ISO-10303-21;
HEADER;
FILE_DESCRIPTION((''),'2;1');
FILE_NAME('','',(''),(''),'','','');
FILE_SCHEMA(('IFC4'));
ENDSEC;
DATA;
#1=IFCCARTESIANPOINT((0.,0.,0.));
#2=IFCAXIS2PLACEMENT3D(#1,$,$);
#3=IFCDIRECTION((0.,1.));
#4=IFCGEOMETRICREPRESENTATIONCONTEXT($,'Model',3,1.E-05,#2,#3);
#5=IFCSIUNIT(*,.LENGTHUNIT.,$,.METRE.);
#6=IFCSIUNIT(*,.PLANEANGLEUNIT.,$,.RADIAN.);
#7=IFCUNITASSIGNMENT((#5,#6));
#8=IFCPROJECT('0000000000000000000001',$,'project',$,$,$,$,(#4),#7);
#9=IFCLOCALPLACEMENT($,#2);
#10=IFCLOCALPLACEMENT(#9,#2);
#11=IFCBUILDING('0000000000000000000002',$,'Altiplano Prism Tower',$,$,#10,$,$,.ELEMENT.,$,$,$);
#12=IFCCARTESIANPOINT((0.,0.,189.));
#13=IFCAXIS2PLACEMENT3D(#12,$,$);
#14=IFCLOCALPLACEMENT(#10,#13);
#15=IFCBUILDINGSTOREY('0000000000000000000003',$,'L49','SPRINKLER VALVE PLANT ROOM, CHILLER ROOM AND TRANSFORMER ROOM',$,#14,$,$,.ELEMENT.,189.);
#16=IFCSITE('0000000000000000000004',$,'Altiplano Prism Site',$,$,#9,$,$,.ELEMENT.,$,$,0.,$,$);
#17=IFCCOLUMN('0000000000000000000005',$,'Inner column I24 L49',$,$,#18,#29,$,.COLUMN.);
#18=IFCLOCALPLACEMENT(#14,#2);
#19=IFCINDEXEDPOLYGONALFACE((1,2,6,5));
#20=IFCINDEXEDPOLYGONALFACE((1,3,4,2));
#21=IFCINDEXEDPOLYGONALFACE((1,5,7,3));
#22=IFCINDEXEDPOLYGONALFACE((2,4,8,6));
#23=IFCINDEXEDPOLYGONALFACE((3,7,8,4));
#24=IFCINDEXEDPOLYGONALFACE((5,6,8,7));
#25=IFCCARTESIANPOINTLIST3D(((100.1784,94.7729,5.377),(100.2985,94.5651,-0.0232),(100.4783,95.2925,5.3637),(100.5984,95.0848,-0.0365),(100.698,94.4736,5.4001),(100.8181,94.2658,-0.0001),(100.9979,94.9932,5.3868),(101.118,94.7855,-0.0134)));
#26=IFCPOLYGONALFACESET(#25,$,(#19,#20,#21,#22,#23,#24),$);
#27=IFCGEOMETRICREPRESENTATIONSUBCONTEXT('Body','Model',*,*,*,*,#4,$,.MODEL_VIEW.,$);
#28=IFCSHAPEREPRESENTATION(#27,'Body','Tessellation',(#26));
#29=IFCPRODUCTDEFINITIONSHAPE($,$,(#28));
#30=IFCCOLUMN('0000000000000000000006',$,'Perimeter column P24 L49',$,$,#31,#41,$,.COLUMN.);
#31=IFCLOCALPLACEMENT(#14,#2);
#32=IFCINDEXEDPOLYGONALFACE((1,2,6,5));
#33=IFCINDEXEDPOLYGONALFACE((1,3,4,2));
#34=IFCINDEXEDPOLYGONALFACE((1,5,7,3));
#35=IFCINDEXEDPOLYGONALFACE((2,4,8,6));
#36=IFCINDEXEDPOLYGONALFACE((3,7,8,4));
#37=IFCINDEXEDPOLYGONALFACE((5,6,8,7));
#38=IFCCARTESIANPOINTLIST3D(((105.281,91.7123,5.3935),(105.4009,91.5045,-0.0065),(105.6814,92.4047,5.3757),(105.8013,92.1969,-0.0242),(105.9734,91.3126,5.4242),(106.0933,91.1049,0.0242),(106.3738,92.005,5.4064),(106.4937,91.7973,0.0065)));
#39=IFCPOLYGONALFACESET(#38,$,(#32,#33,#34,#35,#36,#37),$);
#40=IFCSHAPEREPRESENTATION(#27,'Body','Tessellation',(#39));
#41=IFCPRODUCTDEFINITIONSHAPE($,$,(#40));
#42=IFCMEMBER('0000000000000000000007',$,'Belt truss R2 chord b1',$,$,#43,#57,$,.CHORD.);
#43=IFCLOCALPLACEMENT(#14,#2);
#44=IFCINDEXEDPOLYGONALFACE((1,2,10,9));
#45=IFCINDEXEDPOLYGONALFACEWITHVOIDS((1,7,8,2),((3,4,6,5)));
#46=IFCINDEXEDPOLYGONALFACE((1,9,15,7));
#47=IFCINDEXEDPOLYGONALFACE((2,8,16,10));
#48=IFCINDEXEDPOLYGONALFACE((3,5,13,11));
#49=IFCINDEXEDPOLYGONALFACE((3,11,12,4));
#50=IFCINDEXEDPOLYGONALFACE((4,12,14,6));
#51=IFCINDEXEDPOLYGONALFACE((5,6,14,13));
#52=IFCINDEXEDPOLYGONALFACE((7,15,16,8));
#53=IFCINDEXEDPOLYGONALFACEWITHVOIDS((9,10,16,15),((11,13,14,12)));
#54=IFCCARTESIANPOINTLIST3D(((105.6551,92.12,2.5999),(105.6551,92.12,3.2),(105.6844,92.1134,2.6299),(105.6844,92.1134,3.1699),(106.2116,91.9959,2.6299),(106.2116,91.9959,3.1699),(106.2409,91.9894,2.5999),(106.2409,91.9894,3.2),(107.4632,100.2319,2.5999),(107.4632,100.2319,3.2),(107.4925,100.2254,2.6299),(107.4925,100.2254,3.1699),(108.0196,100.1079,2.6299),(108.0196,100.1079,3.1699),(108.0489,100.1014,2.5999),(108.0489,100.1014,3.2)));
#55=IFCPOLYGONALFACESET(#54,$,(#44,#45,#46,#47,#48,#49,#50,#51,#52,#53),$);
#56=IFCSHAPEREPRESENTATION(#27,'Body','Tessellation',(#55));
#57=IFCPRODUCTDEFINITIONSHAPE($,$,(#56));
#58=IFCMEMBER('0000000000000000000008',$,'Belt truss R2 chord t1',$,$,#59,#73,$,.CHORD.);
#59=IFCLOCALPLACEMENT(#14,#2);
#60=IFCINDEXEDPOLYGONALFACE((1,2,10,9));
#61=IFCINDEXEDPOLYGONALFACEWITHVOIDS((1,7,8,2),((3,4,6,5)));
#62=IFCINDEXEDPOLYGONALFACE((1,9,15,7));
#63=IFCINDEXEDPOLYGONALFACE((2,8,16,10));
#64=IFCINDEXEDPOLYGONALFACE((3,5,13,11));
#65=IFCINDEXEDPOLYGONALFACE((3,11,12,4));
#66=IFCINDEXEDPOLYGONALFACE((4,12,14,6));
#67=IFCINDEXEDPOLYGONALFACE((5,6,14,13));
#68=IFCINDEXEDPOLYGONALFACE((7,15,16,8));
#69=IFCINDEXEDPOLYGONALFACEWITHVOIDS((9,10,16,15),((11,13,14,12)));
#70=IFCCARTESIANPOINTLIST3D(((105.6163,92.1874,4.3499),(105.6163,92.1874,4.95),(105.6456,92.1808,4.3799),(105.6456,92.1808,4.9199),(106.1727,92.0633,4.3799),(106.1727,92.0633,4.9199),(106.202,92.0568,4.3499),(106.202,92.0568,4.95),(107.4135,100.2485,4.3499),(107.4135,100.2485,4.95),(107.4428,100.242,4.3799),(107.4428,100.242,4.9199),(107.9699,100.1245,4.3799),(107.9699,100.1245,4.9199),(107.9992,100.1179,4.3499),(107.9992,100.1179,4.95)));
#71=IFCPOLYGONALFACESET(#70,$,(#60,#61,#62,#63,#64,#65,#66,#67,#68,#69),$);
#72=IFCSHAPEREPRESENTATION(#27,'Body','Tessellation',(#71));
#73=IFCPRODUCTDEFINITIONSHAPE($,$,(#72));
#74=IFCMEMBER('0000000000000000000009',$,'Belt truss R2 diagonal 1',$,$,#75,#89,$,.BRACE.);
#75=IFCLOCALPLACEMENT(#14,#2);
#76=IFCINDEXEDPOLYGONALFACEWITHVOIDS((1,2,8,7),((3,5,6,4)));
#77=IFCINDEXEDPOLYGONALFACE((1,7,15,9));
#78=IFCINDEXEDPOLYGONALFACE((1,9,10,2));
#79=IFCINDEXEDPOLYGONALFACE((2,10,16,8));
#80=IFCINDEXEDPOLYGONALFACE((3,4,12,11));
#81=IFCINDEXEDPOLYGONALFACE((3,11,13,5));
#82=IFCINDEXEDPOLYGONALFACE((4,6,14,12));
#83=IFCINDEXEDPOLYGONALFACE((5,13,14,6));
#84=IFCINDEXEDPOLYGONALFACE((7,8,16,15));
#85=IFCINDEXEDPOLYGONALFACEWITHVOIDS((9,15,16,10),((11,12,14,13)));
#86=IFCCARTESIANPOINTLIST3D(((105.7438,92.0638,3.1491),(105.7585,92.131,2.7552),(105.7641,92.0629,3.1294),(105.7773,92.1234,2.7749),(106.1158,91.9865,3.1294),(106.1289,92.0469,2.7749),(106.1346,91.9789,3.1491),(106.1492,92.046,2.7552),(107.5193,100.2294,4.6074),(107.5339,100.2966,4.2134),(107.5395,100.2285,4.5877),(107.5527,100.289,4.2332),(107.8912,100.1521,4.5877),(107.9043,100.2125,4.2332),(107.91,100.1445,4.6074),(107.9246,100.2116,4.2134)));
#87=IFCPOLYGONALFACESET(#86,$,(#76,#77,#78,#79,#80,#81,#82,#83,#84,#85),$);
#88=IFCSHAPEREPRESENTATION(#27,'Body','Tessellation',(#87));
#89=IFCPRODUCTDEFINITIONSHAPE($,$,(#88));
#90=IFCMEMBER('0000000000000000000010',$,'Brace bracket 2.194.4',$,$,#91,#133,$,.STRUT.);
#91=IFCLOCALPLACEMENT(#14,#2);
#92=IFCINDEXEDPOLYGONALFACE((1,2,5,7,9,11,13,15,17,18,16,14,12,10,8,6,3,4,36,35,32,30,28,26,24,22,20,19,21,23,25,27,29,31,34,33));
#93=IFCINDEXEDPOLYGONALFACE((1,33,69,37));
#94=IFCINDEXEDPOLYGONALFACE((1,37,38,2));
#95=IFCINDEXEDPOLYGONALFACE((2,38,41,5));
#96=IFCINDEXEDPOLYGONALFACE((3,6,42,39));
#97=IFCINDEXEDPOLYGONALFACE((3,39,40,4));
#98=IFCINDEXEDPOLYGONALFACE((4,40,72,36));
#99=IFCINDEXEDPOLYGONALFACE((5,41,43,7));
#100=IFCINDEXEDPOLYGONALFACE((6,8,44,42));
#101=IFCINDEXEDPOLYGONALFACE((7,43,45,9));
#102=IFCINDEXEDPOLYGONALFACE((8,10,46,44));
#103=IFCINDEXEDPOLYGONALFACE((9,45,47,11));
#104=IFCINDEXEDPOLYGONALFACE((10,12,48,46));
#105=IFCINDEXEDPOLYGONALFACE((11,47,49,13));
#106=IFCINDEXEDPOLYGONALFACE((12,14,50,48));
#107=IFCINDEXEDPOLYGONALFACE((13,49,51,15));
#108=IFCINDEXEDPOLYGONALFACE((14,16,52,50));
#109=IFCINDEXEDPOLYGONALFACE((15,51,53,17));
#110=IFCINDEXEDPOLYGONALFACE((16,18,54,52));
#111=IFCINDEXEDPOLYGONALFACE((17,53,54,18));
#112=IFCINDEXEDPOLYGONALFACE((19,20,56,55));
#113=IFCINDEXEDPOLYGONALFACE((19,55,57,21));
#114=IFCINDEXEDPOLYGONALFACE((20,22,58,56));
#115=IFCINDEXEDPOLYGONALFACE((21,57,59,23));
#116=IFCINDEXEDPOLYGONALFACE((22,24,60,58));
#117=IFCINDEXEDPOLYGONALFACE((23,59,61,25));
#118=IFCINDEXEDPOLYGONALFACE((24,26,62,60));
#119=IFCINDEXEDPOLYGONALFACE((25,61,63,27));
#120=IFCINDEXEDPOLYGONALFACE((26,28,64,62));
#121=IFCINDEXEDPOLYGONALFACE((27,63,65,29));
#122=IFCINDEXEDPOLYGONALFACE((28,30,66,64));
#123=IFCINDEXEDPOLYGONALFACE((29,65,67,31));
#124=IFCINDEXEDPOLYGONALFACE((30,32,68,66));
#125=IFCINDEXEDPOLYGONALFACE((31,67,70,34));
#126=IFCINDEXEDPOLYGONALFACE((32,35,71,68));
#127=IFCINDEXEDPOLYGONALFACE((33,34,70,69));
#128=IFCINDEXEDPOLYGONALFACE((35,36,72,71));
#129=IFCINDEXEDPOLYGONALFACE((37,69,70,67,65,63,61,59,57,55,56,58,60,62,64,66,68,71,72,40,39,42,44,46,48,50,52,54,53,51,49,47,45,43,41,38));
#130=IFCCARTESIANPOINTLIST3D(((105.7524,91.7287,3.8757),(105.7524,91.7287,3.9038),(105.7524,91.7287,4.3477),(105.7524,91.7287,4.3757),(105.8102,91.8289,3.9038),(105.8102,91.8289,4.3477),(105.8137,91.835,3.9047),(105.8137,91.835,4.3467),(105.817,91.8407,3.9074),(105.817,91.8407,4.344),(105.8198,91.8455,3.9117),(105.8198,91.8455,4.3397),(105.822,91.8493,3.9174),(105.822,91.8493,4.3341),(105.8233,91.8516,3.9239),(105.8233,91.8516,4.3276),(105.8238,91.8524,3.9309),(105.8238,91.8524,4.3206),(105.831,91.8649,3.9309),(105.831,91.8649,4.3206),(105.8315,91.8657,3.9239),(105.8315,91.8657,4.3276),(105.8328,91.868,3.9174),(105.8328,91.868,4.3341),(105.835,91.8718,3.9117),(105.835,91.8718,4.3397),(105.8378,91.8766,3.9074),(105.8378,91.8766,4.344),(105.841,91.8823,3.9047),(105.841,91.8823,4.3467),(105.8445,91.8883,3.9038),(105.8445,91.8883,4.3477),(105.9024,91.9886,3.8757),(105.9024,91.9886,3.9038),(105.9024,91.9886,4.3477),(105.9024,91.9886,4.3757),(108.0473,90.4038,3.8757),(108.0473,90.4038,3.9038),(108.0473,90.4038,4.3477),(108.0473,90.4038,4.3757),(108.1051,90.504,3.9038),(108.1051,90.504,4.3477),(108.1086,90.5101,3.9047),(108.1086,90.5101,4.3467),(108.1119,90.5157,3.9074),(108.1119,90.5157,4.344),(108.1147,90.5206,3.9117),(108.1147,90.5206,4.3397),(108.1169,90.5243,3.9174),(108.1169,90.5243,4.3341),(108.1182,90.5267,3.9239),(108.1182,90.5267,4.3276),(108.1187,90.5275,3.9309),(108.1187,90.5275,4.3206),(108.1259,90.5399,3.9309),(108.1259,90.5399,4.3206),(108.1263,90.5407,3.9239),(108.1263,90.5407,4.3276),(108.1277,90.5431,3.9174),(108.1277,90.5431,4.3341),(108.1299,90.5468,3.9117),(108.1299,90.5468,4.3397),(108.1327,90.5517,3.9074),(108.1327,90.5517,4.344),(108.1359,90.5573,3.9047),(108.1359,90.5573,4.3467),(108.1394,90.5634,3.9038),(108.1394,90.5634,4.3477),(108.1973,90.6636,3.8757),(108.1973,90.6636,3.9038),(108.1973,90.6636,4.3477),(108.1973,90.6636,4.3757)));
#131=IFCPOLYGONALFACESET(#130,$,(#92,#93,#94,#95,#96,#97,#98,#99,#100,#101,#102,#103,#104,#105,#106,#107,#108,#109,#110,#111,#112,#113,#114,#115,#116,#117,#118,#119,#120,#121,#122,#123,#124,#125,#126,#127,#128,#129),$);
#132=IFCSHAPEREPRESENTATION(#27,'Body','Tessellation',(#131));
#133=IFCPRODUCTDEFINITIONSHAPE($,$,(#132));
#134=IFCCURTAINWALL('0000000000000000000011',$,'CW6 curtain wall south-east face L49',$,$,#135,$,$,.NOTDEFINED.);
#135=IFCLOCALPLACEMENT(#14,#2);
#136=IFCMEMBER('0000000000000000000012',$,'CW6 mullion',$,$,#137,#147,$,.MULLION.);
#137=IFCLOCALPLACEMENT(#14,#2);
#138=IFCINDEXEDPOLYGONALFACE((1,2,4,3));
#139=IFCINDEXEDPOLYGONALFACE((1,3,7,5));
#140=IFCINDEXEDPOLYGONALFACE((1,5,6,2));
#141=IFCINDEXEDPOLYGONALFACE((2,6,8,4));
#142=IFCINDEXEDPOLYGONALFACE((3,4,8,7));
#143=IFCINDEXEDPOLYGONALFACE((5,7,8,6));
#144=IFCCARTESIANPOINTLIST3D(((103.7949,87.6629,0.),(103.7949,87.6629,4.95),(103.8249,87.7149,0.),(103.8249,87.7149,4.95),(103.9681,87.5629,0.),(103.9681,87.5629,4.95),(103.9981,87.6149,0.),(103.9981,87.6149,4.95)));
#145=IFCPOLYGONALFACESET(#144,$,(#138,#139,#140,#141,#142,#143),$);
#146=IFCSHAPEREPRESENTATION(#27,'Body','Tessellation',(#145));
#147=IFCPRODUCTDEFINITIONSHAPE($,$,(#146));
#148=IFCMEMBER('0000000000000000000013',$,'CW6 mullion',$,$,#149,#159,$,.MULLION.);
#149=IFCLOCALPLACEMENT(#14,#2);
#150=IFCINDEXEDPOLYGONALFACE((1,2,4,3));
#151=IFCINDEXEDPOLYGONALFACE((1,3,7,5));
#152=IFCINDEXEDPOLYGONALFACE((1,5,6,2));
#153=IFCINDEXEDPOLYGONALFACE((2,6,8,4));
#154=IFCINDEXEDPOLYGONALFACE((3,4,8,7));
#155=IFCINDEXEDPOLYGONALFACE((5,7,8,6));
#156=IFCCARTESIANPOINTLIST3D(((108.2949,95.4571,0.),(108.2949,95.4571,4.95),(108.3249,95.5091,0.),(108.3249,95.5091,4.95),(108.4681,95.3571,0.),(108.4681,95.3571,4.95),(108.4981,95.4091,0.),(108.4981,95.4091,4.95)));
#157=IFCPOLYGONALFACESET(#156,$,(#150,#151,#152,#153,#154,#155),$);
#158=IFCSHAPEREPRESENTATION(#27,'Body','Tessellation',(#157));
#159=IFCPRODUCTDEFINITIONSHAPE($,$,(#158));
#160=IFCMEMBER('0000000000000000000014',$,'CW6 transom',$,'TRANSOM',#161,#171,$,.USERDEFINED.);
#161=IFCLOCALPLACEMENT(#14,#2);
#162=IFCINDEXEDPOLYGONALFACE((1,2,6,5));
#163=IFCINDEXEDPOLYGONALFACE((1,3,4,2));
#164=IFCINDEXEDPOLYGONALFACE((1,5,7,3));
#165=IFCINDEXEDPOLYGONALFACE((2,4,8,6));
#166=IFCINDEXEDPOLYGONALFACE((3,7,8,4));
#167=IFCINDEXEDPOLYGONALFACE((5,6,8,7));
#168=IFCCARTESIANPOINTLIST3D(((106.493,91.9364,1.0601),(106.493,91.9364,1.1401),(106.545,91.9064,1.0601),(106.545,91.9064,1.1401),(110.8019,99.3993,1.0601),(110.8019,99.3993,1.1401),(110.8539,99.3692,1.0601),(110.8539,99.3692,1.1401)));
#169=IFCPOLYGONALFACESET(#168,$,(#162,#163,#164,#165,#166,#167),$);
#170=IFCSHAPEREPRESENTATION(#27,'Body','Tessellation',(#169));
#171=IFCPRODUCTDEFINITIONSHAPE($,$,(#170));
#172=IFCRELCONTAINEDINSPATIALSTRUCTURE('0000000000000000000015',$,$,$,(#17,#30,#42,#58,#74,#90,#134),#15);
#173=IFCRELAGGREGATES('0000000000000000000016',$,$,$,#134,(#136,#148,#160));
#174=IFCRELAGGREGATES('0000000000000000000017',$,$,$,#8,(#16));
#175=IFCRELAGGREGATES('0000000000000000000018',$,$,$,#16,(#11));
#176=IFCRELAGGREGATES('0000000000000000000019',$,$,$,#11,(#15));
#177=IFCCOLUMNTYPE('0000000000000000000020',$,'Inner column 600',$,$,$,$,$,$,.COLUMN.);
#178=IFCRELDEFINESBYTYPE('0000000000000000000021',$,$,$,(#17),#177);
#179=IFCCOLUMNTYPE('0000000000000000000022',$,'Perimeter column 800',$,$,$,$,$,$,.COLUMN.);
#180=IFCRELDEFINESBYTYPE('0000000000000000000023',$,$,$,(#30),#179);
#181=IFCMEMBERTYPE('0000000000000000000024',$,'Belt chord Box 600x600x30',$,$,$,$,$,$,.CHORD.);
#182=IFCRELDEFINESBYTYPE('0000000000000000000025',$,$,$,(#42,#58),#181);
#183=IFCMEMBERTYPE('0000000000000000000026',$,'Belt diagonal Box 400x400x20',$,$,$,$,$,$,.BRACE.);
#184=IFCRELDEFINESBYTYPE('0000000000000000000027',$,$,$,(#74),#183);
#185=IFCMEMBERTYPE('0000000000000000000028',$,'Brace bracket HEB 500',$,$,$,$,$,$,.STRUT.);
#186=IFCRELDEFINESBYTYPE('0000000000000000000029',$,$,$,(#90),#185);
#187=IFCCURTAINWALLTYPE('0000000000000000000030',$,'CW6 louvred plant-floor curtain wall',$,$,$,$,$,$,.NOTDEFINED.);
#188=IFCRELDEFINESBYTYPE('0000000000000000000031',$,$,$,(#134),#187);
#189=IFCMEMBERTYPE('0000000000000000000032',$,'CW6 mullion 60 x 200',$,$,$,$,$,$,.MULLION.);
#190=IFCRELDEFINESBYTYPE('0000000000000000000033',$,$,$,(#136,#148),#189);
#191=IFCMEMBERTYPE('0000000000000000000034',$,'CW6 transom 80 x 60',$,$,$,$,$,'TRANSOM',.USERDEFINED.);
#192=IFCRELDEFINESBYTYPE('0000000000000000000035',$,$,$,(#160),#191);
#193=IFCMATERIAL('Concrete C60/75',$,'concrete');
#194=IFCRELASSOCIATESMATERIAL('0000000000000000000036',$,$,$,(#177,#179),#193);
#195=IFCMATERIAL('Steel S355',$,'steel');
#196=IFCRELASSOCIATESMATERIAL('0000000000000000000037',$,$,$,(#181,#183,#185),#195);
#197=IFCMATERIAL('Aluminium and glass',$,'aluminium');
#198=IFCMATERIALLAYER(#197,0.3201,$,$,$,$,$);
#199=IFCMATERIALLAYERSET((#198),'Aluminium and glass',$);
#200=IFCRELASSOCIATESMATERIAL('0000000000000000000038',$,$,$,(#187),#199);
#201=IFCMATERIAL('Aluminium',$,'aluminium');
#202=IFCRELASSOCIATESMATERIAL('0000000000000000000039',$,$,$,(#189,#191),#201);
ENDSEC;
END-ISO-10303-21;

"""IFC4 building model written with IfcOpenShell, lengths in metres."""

from ifc_helpers import new_model, si_unit, direction, frame, origin, origin_2d, place, context, subcontext, project, spatial, rectangle, hollow_rectangle, i_section, extrude, material, layer, layer_set, material_profile, profile_set, type_object, element, aggregate, save


model = new_model("IFC4")

# Units and contexts
model_context = context("Model", 3, precision=1e-05, world=origin(), true_north=direction((0.0, 1.0)))
body_context = subcontext(model_context, "Body", "Model", "MODEL_VIEW")
ifc_project = project(units=[si_unit("LENGTHUNIT", "METRE"), si_unit("PLANEANGLEUNIT", "RADIAN")], contexts=[model_context])

# Site, building, storey
site_placement = place(None, origin())
site = spatial("IfcSite", under=ifc_project, at=site_placement, Name="Altiplano Prism Site", CompositionType="ELEMENT", RefElevation=0.0)
building_placement = place(site_placement, origin())
building = spatial("IfcBuilding", under=site, at=building_placement, Name="Altiplano Prism Tower", CompositionType="ELEMENT")
storey_placement = place(building_placement, frame((0.0, 0.0, 189.0)))
storey = spatial("IfcBuildingStorey", under=building, at=storey_placement, Name="L49", Description="SPRINKLER VALVE PLANT ROOM, CHILLER ROOM AND TRANSFORMER ROOM", CompositionType="ELEMENT", Elevation=189.0)

# Columns
ifc_material_1 = material(Name="Concrete C60/75", Category="concrete")
ifc_material_profile_1 = material_profile(ifc_material_1, rectangle(XDim=0.6001, YDim=0.6001, at=origin_2d()), Name="Inner column 600")
ifc_profile_set_1 = profile_set([ifc_material_profile_1], Name="Concrete C60/75")
column_type_1 = type_object("IfcColumnType", Name="Inner column 600", PredefinedType="COLUMN", material=ifc_profile_set_1)
column_1_placement = place(storey_placement, frame((100.7083, 94.6753, -0.0183), z_axis=(-0.022221, 0.038436, 0.999014), x_axis=(-0.499734, -0.865895, 0.022198)))
element("IfcColumn", 1, at=column_1_placement, inside=storey, type_object=column_type_1, Name="Inner column I24 L49", PredefinedType="COLUMN", context=body_context, shape_type="SweptSolid", body=[
    extrude(rectangle(XDim=0.6001, YDim=0.6001, at=origin_2d()), origin(), (0.0, 0.0, 1.0), 5.4055),
])
ifc_material_profile_2 = material_profile(ifc_material_1, rectangle(XDim=0.8, YDim=0.8, at=origin_2d()), Name="Perimeter column 800")
ifc_profile_set_2 = profile_set([ifc_material_profile_2], Name="Concrete C60/75")
column_type_2 = type_object("IfcColumnType", Name="Perimeter column 800", PredefinedType="COLUMN", material=ifc_profile_set_2)
column_2_placement = place(storey_placement, frame((105.9473, 91.6509, 0.0), z_axis=(-0.022177, 0.038438, 0.999015), x_axis=(-0.500496, -0.865454, 0.022188)))
element("IfcColumn", 2, at=column_2_placement, inside=storey, type_object=column_type_2, Name="Perimeter column P24 L49", PredefinedType="COLUMN", context=body_context, shape_type="SweptSolid", body=[
    extrude(rectangle(XDim=0.8, YDim=0.8, at=origin_2d()), origin(), (0.0, 0.0, 1.0), 5.4053),
])

# Members
ifc_material_2 = material(Name="Steel S355", Category="steel")
ifc_material_profile_3 = material_profile(ifc_material_2, hollow_rectangle(XDim=0.6001, YDim=0.6001, WallThickness=0.03, at=origin_2d()), Name="Belt chord Box 600x600x30")
ifc_profile_set_3 = profile_set([ifc_material_profile_3], Name="Steel S355")
member_type_1 = type_object("IfcMemberType", Name="Belt chord Box 600x600x30", PredefinedType="CHORD", material=ifc_profile_set_3)
member_1_placement = place(storey_placement, frame((105.948, 92.0547, 2.8999), z_axis=(0.217552, 0.976049, 0.0), x_axis=(-0.976049, 0.217552, 0.0)))
element("IfcMember", 3, at=member_1_placement, inside=storey, type_object=member_type_1, Name="Belt truss R2 chord b1", PredefinedType="CHORD", context=body_context, shape_type="SweptSolid", body=[
    extrude(hollow_rectangle(XDim=0.6001, YDim=0.6001, WallThickness=0.03, at=origin_2d()), origin(), (0.0, 0.0, 1.0), 8.311),
])
member_2_placement = place(storey_placement, frame((105.9092, 92.1221, 4.6499), z_axis=(0.217597, 0.976039, 0.0), x_axis=(-0.976039, 0.217597, 0.0)))
element("IfcMember", 4, at=member_2_placement, inside=storey, type_object=member_type_1, Name="Belt truss R2 chord t1", PredefinedType="CHORD", context=body_context, shape_type="SweptSolid", body=[
    extrude(hollow_rectangle(XDim=0.6001, YDim=0.6001, WallThickness=0.03, at=origin_2d()), origin(), (0.0, 0.0, 1.0), 8.259),
])
ifc_material_profile_4 = material_profile(ifc_material_2, hollow_rectangle(XDim=0.3999, YDim=0.3999, WallThickness=0.02, at=origin_2d()), Name="Belt diagonal Box 400x400x20")
ifc_profile_set_4 = profile_set([ifc_material_profile_4], Name="Steel S355")
member_type_2 = type_object("IfcMemberType", Name="Belt diagonal Box 400x400x20", PredefinedType="BRACE", material=ifc_profile_set_4)
member_3_placement = place(storey_placement, frame((105.9465, 92.0549, 2.9521), z_axis=(0.209298, 0.962622, 0.171911), x_axis=(-0.97717, 0.212461, 0.0)))
element("IfcMember", 5, at=member_3_placement, inside=storey, type_object=member_type_2, Name="Belt truss R2 diagonal 1", PredefinedType="BRACE", context=body_context, shape_type="SweptSolid", body=[
    extrude(hollow_rectangle(XDim=0.3999, YDim=0.3999, WallThickness=0.02, at=origin_2d()), origin(), (0.0, 0.0, 1.0), 8.4827),
])
ifc_material_profile_5 = material_profile(ifc_material_2, i_section(OverallWidth=0.3, OverallDepth=0.5, WebThickness=0.0144, FlangeThickness=0.0281, FilletRadius=0.0271, at=origin_2d()), Name="Brace bracket HEB 500")
ifc_profile_set_5 = profile_set([ifc_material_profile_5], Name="Steel S355")
member_type_3 = type_object("IfcMemberType", Name="Brace bracket HEB 500", PredefinedType="STRUT", material=ifc_profile_set_5)
member_4_placement = place(storey_placement, frame((105.8274, 91.8586, 4.1257), z_axis=(0.866029, -0.499994, 0.0), x_axis=(0.499994, 0.866029, 0.0)))
element("IfcMember", 6, at=member_4_placement, inside=storey, type_object=member_type_3, Name="Brace bracket 2.194.4", PredefinedType="STRUT", context=body_context, shape_type="SweptSolid", body=[
    extrude(i_section(OverallWidth=0.3, OverallDepth=0.5, WebThickness=0.0144, FlangeThickness=0.0281, FilletRadius=0.0271, at=origin_2d()), origin(), (0.0, 0.0, 1.0), 2.6499),
])

# Curtain wall, members
ifc_material_3 = material(Name="Aluminium and glass", Category="aluminium")
ifc_layer_1 = layer(ifc_material_3, 0.3201)
ifc_layer_set_1 = layer_set([ifc_layer_1], Name="Aluminium and glass")
curtain_wall_type = type_object("IfcCurtainWallType", Name="CW6 louvred plant-floor curtain wall", PredefinedType="NOTDEFINED", material=ifc_layer_set_1)
curtain_wall_1_placement = place(storey_placement, origin())
curtain_wall_1 = element("IfcCurtainWall", 7, at=curtain_wall_1_placement, inside=storey, type_object=curtain_wall_type, Name="CW6 curtain wall south-east face L49", PredefinedType="NOTDEFINED")
ifc_material_4 = material(Name="Aluminium", Category="aluminium")
ifc_material_profile_6 = material_profile(ifc_material_4, rectangle(XDim=0.2, YDim=0.0601, at=origin_2d()), Name="CW6 mullion 60 x 200")
ifc_profile_set_6 = profile_set([ifc_material_profile_6], Name="Aluminium")
member_type_4 = type_object("IfcMemberType", Name="CW6 mullion 60 x 200", PredefinedType="MULLION", material=ifc_profile_set_6)
member_5_placement = place(storey_placement, frame((103.8965, 87.6389, 0.0), z_axis=(0.0, 0.0, 1.0), x_axis=(-0.866025, 0.5, 0.0)))
member_5 = element("IfcMember", 8, at=member_5_placement, type_object=member_type_4, Name="CW6 mullion", PredefinedType="MULLION", context=body_context, shape_type="SweptSolid", body=[
    extrude(rectangle(XDim=0.2, YDim=0.0601, at=origin_2d()), origin(), (0.0, 0.0, 1.0), 4.95),
])
member_6_placement = place(storey_placement, frame((108.3965, 95.4331, 0.0), z_axis=(0.0, 0.0, 1.0), x_axis=(-0.866025, 0.5, 0.0)))
member_6 = element("IfcMember", 9, at=member_6_placement, type_object=member_type_4, Name="CW6 mullion", PredefinedType="MULLION", context=body_context, shape_type="SweptSolid", body=[
    extrude(rectangle(XDim=0.2, YDim=0.0601, at=origin_2d()), origin(), (0.0, 0.0, 1.0), 4.95),
])
ifc_material_profile_7 = material_profile(ifc_material_4, rectangle(XDim=0.0601, YDim=0.0801, at=origin_2d()), Name="CW6 transom 80 x 60")
ifc_profile_set_7 = profile_set([ifc_material_profile_7], Name="Aluminium")
member_type_5 = type_object("IfcMemberType", Name="CW6 transom 80 x 60", ElementType="TRANSOM", PredefinedType="USERDEFINED", material=ifc_profile_set_7)
member_7_placement = place(storey_placement, frame((106.519, 91.9214, 1.1001), z_axis=(0.500012, 0.866019, 0.0), x_axis=(-0.866019, 0.500012, 0.0)))
member_7 = element("IfcMember", 10, at=member_7_placement, type_object=member_type_5, Name="CW6 transom", ObjectType="TRANSOM", PredefinedType="USERDEFINED", context=body_context, shape_type="SweptSolid", body=[
    extrude(rectangle(XDim=0.0601, YDim=0.0801, at=origin_2d()), origin(), (0.0, 0.0, 1.0), 8.6174),
])

aggregate(curtain_wall_1, [member_5, member_6, member_7])

save(model, "model.ifc")
